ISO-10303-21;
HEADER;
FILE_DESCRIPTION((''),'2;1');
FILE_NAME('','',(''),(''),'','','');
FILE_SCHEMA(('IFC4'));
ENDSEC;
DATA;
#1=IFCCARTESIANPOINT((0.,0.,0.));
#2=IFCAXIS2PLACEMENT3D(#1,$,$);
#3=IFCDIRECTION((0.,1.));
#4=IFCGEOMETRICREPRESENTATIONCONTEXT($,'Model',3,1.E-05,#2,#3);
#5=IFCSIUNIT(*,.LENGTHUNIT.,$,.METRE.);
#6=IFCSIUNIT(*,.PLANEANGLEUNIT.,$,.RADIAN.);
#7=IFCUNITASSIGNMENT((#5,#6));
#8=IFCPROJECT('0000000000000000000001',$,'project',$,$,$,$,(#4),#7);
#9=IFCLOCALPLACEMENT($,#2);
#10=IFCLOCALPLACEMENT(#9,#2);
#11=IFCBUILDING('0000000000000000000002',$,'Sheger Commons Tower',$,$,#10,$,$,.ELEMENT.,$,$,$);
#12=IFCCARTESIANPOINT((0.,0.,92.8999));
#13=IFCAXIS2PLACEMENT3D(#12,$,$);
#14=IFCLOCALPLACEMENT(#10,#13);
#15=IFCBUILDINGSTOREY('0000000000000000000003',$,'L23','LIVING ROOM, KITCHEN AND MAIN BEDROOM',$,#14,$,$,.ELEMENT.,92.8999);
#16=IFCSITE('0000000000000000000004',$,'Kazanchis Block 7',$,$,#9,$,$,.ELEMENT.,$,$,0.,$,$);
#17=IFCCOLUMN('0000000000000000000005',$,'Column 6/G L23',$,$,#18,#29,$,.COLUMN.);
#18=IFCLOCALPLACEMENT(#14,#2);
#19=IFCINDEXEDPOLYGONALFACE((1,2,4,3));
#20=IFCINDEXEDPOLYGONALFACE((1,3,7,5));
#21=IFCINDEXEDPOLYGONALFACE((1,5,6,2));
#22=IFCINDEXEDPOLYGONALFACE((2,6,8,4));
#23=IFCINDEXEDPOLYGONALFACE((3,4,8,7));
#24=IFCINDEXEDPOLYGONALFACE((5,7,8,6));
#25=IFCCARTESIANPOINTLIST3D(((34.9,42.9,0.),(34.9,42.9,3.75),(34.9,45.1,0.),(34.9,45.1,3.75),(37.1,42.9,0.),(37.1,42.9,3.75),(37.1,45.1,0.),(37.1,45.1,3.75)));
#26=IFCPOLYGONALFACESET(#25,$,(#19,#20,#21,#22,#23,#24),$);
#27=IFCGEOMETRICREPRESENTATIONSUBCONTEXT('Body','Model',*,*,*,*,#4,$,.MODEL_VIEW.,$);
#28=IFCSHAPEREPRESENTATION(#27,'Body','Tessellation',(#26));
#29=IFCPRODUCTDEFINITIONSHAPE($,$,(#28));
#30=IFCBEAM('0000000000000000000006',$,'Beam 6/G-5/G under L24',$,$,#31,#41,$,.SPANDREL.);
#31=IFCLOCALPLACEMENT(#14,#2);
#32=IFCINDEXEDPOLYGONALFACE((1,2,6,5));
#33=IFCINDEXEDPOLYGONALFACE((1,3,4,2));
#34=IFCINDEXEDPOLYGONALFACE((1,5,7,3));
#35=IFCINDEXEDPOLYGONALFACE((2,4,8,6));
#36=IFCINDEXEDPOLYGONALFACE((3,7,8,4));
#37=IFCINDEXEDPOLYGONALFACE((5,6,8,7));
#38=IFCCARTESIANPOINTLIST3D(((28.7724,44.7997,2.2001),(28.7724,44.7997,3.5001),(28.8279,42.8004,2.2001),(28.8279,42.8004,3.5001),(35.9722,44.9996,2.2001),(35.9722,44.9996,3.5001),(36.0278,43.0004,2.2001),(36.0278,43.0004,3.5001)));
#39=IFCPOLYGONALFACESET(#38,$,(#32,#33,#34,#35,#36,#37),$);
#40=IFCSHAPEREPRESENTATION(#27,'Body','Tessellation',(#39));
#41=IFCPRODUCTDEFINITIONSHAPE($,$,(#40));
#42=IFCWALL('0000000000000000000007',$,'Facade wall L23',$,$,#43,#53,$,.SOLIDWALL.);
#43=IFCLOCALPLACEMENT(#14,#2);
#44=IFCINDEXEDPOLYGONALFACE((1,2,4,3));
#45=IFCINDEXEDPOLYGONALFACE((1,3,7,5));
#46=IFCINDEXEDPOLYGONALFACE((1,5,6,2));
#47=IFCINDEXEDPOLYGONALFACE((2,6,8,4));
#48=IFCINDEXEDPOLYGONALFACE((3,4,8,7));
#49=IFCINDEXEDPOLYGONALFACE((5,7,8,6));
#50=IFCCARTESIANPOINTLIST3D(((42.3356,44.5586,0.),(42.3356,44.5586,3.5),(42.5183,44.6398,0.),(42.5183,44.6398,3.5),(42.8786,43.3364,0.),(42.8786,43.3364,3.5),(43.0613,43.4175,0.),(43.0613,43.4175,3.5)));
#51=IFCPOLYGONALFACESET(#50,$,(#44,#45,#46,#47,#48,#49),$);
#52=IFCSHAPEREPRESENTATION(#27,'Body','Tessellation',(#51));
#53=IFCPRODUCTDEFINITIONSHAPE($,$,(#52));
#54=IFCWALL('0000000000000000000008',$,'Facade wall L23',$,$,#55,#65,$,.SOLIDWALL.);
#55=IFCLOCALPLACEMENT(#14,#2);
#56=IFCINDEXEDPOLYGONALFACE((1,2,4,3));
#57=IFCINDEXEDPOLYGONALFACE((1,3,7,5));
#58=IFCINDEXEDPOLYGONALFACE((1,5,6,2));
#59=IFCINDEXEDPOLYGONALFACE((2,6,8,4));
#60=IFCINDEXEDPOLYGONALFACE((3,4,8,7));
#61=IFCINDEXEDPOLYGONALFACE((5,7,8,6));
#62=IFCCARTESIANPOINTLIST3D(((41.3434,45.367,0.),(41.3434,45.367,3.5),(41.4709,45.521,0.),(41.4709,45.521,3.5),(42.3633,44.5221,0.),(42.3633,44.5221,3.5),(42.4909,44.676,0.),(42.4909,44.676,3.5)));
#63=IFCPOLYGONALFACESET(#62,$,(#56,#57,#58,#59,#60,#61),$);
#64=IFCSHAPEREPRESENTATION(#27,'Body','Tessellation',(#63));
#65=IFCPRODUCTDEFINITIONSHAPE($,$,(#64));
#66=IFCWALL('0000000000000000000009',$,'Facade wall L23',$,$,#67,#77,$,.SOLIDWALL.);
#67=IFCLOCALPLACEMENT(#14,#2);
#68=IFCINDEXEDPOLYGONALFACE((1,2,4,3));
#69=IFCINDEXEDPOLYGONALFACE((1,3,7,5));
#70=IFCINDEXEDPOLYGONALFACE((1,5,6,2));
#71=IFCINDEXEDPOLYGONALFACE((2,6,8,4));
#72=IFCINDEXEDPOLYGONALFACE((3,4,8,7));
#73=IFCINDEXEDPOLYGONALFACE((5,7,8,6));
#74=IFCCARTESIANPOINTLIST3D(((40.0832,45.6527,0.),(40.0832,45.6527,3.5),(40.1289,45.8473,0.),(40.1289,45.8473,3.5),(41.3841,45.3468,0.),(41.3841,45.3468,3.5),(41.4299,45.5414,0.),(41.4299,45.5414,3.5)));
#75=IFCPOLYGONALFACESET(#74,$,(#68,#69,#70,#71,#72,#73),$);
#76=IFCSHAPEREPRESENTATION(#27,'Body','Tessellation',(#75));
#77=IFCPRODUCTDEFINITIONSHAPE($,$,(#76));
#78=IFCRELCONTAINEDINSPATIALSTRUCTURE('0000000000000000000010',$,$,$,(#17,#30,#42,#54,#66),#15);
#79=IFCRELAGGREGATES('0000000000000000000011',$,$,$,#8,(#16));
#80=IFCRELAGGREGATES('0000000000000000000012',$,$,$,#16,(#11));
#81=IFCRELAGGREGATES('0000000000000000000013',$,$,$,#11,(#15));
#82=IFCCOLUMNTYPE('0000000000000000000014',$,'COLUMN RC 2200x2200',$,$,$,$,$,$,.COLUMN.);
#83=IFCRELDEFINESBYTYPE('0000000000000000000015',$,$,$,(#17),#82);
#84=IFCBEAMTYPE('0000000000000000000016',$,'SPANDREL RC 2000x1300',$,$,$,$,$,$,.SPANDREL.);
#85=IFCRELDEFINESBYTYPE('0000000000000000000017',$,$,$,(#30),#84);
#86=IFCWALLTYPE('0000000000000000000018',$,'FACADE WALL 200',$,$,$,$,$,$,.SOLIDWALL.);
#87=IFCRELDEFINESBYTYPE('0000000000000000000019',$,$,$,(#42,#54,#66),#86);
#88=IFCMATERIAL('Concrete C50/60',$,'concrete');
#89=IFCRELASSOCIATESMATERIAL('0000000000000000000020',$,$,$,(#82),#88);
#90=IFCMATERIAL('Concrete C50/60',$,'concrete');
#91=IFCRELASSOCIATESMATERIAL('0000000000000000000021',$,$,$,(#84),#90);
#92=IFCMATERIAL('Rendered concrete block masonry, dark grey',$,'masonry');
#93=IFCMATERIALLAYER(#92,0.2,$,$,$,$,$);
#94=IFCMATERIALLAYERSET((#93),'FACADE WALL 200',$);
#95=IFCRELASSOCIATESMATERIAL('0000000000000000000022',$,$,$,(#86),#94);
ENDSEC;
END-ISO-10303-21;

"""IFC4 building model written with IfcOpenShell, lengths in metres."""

from ifc_helpers import new_model, si_unit, direction, frame, frame_2d, origin, origin_2d, place, context, subcontext, project, spatial, rectangle, extrude, material, layer, layer_set, material_profile, profile_set, type_object, element, save


model = new_model("IFC4")

# Units and contexts
model_context = context("Model", 3, precision=1e-05, world=origin(), true_north=direction((0.0, 1.0)))
body_context = subcontext(model_context, "Body", "Model", "MODEL_VIEW")
ifc_project = project(units=[si_unit("LENGTHUNIT", "METRE"), si_unit("PLANEANGLEUNIT", "RADIAN")], contexts=[model_context])

# Site, building, storey
site_placement = place(None, origin())
site = spatial("IfcSite", under=ifc_project, at=site_placement, Name="Kazanchis Block 7", CompositionType="ELEMENT", RefElevation=0.0)
building_placement = place(site_placement, origin())
building = spatial("IfcBuilding", under=site, at=building_placement, Name="Sheger Commons Tower", CompositionType="ELEMENT")
storey_placement = place(building_placement, frame((0.0, 0.0, 92.8999)))
storey = spatial("IfcBuildingStorey", under=building, at=storey_placement, Name="L23", Description="LIVING ROOM, KITCHEN AND MAIN BEDROOM", CompositionType="ELEMENT", Elevation=92.8999)

# Column
ifc_material_1 = material(Name="Concrete C50/60", Category="concrete")
ifc_material_profile_1 = material_profile(ifc_material_1, rectangle(XDim=2.2, YDim=2.2, at=origin_2d()), Name="RC 2200x2200")
ifc_profile_set_1 = profile_set([ifc_material_profile_1], Name="Concrete C50/60")
column_type = type_object("IfcColumnType", Name="COLUMN RC 2200x2200", PredefinedType="COLUMN", material=ifc_profile_set_1)
column_placement = place(storey_placement, frame((36.0, 44.0, 0.0), z_axis=(0.0, 0.0, 1.0), x_axis=(1.0, 0.0, 0.0)))
element("IfcColumn", 1, at=column_placement, inside=storey, type_object=column_type, Name="Column 6/G L23", PredefinedType="COLUMN", context=body_context, shape_type="SweptSolid", body=[
    extrude(rectangle(XDim=2.2, YDim=2.2, at=origin_2d()), origin(), (0.0, 0.0, 1.0), 3.75),
])

# Beam
ifc_material_2 = material(Name="Concrete C50/60", Category="concrete")
ifc_material_profile_2 = material_profile(ifc_material_2, rectangle(XDim=2.0, YDim=1.3, at=origin_2d()), Name="RC 2000x1300")
ifc_profile_set_2 = profile_set([ifc_material_profile_2], Name="Concrete C50/60")
beam_type = type_object("IfcBeamType", Name="SPANDREL RC 2000x1300", PredefinedType="SPANDREL", material=ifc_profile_set_2)
beam_placement = place(storey_placement, frame((36.0, 44.0, 2.8501), z_axis=(-0.999615, -0.02776, 0.0), x_axis=(0.02776, -0.999615, 0.0)))
element("IfcBeam", 2, at=beam_placement, inside=storey, type_object=beam_type, Name="Beam 6/G-5/G under L24", PredefinedType="SPANDREL", context=body_context, shape_type="SweptSolid", body=[
    extrude(rectangle(XDim=2.0, YDim=1.3, at=origin_2d()), origin(), (0.0, 0.0, 1.0), 7.2026),
])

# Walls
ifc_material_3 = material(Name="Rendered concrete block masonry, dark grey", Category="masonry")
ifc_layer_1 = layer(ifc_material_3, 0.2)
ifc_layer_set_1 = layer_set([ifc_layer_1], Name="FACADE WALL 200")
wall_type_1 = type_object("IfcWallType", Name="FACADE WALL 200", PredefinedType="SOLIDWALL", material=ifc_layer_set_1)
wall_1_placement = place(storey_placement, frame((42.97, 43.377, 0.0), z_axis=(0.0, 0.0, 1.0), x_axis=(-0.406003, 0.913872, 0.0)))
element("IfcWall", 3, at=wall_1_placement, inside=storey, type_object=wall_type_1, Name="Facade wall L23", PredefinedType="SOLIDWALL", context=body_context, shape_type="SweptSolid", body=[
    extrude(rectangle(XDim=1.3374, YDim=0.2, at=frame_2d((0.6687, 0.0))), origin(), (0.0, 0.0, 1.0), 3.5),
])
wall_2_placement = place(storey_placement, frame((42.427, 44.5991, 0.0), z_axis=(0.0, 0.0, 1.0), x_axis=(-0.770091, 0.637934, 0.0)))
element("IfcWall", 4, at=wall_2_placement, inside=storey, type_object=wall_type_1, Name="Facade wall L23", PredefinedType="SOLIDWALL", context=body_context, shape_type="SweptSolid", body=[
    extrude(rectangle(XDim=1.3245, YDim=0.2, at=frame_2d((0.6621, 0.0))), origin(), (0.0, 0.0, 1.0), 3.5),
])
wall_3_placement = place(storey_placement, frame((41.407, 45.4441, 0.0), z_axis=(0.0, 0.0, 1.0), x_axis=(-0.973453, 0.228887, 0.0)))
element("IfcWall", 5, at=wall_3_placement, inside=storey, type_object=wall_type_1, Name="Facade wall L23", PredefinedType="SOLIDWALL", context=body_context, shape_type="SweptSolid", body=[
    extrude(rectangle(XDim=1.3364, YDim=0.2, at=frame_2d((0.6682, 0.0))), origin(), (0.0, 0.0, 1.0), 3.5),
])

save(model, "model.ifc")
